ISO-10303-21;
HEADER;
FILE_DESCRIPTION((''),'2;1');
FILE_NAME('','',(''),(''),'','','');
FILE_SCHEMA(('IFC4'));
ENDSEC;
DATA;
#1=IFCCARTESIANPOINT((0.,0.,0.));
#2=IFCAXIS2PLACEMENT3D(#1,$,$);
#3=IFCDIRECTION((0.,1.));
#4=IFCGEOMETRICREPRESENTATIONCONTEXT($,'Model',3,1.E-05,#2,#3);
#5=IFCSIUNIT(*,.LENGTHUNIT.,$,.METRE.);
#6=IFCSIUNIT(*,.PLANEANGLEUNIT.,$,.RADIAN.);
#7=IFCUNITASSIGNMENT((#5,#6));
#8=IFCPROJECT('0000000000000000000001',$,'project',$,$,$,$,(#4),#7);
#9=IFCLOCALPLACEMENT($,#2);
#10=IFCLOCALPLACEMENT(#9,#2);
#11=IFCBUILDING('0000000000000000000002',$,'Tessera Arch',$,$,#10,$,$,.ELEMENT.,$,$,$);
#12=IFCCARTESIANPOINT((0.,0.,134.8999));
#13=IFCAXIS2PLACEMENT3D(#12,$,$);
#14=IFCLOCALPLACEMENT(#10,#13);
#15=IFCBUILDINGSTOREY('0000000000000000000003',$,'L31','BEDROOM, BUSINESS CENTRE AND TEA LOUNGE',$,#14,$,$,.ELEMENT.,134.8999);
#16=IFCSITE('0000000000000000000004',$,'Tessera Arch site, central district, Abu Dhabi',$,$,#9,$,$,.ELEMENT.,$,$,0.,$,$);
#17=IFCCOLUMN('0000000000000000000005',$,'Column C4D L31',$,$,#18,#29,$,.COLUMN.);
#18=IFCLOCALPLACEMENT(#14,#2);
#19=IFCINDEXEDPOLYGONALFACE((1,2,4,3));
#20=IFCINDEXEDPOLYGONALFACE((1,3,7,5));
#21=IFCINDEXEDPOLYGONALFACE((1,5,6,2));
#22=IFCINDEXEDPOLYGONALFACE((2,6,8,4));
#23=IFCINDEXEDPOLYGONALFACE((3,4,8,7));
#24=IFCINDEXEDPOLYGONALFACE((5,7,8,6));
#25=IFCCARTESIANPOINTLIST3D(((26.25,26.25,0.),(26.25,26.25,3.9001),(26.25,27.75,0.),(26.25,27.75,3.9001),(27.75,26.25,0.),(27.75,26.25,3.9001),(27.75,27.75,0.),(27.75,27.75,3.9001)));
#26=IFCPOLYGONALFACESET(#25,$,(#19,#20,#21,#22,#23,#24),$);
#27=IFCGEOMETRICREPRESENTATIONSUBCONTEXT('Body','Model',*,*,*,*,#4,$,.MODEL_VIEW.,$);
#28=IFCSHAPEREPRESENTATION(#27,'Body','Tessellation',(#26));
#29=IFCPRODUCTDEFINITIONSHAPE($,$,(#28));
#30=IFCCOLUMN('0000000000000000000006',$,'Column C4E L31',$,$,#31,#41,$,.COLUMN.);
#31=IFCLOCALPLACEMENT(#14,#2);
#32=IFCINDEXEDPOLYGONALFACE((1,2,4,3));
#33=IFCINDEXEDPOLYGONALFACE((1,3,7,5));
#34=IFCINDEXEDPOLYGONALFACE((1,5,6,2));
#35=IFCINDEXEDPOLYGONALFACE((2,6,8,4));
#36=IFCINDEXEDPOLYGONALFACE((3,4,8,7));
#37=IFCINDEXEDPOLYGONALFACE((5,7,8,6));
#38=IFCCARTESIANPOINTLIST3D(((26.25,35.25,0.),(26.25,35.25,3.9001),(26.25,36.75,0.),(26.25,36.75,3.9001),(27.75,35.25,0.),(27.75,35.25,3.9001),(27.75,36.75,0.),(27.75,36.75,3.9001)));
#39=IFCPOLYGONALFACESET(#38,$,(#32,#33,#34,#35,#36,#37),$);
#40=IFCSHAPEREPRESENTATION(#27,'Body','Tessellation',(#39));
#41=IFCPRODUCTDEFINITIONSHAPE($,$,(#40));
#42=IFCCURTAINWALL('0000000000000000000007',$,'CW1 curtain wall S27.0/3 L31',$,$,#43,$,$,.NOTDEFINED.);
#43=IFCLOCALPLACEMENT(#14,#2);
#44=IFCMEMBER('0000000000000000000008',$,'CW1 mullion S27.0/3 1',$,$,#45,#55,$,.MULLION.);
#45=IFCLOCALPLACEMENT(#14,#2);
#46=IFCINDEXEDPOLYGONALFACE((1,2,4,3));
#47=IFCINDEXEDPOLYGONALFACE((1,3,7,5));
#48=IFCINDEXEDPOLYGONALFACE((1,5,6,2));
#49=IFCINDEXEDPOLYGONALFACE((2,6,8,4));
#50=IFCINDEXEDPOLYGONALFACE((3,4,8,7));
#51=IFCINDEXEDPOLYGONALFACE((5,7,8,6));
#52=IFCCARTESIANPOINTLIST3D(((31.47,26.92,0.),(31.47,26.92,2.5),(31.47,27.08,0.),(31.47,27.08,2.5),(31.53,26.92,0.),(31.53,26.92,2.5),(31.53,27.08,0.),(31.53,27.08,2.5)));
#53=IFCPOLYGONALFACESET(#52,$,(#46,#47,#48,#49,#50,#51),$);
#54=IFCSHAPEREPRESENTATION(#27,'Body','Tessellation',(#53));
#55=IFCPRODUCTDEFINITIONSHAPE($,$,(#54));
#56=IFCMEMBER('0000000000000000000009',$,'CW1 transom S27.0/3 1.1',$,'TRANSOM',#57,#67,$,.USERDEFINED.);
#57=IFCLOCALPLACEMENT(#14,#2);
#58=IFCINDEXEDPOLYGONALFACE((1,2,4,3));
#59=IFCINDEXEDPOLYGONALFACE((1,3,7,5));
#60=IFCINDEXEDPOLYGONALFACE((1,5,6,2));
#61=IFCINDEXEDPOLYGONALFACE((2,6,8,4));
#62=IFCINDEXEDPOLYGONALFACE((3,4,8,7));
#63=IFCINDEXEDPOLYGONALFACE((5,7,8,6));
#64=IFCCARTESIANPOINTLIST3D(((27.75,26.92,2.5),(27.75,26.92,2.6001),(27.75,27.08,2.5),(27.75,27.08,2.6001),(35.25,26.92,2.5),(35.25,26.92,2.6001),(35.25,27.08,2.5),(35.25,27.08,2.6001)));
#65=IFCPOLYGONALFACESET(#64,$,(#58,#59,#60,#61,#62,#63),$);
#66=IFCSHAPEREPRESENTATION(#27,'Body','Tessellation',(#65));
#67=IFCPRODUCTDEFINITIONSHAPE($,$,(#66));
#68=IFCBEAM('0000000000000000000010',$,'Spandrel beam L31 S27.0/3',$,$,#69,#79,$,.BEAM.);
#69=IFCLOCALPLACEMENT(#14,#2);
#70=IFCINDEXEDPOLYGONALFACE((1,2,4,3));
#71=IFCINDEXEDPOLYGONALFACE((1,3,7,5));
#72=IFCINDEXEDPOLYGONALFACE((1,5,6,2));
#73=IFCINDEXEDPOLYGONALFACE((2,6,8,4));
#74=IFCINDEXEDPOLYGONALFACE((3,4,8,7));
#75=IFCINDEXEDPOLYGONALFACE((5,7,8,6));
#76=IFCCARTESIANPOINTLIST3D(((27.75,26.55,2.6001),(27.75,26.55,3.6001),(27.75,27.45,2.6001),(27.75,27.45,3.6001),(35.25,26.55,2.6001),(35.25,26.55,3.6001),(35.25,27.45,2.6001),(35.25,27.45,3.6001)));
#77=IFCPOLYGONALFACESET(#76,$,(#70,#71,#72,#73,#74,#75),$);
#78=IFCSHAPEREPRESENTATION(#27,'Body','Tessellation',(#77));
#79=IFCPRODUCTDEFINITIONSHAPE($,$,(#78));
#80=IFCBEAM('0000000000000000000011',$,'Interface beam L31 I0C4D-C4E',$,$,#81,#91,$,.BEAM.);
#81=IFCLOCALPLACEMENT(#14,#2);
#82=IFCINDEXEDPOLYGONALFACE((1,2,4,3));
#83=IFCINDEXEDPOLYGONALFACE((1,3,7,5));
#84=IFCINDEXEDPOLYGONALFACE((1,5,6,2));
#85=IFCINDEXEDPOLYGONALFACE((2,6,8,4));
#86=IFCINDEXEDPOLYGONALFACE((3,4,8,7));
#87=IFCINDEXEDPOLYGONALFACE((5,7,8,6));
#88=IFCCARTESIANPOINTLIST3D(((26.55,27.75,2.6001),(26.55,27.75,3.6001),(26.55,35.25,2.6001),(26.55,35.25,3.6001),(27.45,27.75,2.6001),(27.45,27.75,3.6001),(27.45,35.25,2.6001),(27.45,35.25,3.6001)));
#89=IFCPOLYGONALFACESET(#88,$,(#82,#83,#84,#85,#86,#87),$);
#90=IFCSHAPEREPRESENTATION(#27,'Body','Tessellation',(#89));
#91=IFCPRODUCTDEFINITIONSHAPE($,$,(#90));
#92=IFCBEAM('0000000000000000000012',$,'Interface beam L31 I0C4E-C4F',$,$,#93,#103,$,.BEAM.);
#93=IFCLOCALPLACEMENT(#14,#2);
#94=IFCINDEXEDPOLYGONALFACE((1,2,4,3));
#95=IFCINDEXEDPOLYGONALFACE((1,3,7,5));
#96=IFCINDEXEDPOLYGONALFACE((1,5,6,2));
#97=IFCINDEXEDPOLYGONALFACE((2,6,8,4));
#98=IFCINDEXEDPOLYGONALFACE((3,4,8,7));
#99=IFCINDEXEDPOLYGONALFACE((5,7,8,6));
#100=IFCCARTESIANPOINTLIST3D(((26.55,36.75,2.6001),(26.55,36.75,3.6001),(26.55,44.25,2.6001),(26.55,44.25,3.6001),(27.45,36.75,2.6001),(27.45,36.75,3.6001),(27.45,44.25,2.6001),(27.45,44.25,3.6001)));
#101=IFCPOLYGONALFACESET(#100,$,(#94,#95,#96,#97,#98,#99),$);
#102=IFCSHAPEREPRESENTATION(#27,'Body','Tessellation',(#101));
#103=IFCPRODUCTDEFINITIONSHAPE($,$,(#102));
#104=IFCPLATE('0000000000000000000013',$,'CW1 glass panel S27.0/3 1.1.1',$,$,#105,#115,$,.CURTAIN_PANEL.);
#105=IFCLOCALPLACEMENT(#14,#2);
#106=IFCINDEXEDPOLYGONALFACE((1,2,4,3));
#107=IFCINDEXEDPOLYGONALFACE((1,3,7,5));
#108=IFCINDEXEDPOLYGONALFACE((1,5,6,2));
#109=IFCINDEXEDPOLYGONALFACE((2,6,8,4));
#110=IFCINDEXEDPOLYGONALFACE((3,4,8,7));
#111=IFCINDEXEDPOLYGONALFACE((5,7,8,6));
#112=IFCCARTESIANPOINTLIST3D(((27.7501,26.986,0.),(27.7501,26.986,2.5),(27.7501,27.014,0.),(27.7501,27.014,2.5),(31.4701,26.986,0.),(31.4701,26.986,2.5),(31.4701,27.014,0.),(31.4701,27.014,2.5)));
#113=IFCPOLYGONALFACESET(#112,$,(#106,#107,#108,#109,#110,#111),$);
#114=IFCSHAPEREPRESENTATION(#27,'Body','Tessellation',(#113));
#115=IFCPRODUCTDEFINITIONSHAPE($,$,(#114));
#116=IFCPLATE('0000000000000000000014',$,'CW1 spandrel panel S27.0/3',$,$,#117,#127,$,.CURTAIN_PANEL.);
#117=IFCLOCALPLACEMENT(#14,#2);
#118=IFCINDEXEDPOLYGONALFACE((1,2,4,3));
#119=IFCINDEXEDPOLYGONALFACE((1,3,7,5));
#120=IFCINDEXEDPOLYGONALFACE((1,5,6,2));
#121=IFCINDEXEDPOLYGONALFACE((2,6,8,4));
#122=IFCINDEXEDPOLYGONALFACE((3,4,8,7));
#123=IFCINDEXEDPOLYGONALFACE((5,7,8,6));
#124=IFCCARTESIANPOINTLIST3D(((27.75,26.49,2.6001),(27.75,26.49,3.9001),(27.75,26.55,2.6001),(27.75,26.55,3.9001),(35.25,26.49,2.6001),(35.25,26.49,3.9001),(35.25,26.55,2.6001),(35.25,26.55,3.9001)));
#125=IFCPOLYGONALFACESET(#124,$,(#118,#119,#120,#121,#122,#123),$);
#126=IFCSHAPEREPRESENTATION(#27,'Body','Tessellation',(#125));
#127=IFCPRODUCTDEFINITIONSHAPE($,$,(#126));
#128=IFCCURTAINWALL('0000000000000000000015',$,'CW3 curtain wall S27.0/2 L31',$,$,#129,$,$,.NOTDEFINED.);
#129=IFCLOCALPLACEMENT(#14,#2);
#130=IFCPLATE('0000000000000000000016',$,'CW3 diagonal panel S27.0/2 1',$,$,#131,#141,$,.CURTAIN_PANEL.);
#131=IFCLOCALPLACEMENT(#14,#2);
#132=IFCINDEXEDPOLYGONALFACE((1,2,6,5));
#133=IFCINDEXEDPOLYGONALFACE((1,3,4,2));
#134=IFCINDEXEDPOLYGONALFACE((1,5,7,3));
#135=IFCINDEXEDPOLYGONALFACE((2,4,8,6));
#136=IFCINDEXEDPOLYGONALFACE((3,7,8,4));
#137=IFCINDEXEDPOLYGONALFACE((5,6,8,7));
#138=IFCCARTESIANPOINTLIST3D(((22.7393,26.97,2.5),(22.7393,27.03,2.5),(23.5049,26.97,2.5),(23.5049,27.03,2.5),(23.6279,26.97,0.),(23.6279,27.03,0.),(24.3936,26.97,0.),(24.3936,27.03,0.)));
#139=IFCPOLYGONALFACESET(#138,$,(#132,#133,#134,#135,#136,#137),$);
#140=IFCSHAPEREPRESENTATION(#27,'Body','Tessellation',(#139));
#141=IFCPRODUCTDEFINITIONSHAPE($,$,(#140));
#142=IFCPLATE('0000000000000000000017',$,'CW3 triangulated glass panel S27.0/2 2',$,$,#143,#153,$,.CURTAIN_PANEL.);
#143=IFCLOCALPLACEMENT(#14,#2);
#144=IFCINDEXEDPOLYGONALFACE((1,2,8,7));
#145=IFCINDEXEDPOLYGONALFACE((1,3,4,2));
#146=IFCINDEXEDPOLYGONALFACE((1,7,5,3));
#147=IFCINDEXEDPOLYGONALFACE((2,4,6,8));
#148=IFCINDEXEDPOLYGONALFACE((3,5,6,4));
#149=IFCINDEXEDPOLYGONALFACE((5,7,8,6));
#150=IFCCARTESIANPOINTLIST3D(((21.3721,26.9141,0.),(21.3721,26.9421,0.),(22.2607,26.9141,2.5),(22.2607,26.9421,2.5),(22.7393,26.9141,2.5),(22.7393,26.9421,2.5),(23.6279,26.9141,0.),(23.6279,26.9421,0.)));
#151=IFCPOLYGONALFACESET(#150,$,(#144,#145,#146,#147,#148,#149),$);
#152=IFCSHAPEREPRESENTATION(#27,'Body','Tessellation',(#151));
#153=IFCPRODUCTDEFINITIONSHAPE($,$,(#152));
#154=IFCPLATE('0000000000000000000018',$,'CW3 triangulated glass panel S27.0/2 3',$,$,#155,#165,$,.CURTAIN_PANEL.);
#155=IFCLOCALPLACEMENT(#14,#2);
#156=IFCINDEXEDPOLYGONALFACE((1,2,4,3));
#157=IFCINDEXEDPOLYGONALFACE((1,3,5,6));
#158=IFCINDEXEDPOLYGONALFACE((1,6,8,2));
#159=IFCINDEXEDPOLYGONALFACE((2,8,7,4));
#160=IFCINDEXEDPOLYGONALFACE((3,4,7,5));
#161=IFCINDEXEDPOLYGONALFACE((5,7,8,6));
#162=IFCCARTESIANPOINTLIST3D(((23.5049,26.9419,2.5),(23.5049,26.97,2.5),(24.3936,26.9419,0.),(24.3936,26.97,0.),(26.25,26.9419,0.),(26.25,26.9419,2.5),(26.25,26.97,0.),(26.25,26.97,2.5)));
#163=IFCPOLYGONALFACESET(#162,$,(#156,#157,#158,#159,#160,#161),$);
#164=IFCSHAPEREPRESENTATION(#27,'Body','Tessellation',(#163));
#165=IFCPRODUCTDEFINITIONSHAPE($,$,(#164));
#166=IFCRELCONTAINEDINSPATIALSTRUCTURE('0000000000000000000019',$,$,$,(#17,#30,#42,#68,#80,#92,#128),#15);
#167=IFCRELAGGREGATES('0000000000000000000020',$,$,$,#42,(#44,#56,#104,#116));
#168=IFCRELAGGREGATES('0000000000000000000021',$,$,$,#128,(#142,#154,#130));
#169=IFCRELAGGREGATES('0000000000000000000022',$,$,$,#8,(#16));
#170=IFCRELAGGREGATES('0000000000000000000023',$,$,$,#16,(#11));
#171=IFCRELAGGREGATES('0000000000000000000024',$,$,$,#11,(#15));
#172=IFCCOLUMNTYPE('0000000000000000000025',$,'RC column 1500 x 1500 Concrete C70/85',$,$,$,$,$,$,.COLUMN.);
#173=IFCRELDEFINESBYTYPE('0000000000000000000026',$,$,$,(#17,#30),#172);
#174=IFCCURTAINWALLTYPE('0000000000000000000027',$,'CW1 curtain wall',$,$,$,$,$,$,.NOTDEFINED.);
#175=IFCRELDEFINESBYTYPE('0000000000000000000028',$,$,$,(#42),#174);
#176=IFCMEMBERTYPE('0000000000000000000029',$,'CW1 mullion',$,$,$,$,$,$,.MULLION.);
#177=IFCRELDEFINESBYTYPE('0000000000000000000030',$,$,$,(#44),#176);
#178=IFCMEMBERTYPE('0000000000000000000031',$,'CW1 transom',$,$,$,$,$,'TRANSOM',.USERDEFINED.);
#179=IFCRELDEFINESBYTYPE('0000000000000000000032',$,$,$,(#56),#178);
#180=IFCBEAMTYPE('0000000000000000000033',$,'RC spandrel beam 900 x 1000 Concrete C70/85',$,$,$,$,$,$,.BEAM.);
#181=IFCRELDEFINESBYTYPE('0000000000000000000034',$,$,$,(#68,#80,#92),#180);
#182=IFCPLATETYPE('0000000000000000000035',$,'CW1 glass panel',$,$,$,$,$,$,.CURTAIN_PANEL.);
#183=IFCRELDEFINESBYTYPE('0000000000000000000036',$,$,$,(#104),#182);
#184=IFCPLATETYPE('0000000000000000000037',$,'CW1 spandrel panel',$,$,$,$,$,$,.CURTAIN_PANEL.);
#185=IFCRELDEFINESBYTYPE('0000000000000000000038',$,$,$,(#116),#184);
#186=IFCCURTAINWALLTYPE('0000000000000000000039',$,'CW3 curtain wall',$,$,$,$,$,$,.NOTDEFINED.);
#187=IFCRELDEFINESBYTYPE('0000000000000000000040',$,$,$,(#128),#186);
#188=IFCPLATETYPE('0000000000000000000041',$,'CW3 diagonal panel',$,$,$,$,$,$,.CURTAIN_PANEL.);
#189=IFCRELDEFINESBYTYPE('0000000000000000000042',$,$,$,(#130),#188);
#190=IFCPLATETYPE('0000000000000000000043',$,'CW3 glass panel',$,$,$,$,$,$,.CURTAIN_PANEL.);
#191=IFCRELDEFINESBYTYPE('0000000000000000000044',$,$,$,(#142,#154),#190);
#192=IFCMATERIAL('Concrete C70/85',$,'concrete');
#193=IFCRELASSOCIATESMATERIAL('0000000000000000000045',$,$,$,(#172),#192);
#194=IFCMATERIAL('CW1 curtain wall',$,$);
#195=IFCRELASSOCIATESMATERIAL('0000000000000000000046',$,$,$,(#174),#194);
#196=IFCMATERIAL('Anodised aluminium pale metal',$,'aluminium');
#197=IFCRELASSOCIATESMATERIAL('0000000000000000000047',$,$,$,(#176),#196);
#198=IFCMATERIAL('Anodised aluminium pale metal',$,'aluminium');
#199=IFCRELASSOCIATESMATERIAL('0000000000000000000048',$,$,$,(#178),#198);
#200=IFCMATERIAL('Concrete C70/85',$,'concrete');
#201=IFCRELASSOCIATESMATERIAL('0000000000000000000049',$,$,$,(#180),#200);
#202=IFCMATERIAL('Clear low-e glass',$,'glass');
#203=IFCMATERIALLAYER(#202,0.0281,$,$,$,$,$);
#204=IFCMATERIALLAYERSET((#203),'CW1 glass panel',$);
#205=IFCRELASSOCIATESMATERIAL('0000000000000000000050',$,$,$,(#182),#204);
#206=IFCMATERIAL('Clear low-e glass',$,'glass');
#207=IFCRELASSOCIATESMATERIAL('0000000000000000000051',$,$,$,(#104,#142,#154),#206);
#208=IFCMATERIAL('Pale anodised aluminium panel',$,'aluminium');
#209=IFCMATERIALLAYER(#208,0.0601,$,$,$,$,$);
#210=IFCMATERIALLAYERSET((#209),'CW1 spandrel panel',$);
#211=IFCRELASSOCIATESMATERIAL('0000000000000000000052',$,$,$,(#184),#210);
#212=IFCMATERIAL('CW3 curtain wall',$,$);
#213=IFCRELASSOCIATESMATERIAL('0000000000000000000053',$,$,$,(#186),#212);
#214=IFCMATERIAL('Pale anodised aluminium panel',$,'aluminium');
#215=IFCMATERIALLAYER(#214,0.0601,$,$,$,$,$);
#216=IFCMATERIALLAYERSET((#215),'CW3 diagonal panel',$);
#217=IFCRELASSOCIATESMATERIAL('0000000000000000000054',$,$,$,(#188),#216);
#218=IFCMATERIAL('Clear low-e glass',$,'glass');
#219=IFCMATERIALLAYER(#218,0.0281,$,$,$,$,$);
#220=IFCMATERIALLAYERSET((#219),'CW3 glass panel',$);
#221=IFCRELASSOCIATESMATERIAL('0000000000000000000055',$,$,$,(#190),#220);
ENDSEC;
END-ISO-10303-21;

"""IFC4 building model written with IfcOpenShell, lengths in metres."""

from ifc_helpers import new_model, si_unit, direction, frame, origin, origin_2d, place, context, subcontext, project, spatial, polyline, rectangle, outline, extrude, material, layer, layer_set, material_profile, profile_set, type_object, element, aggregate, save


model = new_model("IFC4")

# Units and contexts
model_context = context("Model", 3, precision=1e-05, world=origin(), true_north=direction((0.0, 1.0)))
body_context = subcontext(model_context, "Body", "Model", "MODEL_VIEW")
ifc_project = project(units=[si_unit("LENGTHUNIT", "METRE"), si_unit("PLANEANGLEUNIT", "RADIAN")], contexts=[model_context])

# Site, building, storey
site_placement = place(None, origin())
site = spatial("IfcSite", under=ifc_project, at=site_placement, Name="Tessera Arch site, central district, Abu Dhabi", CompositionType="ELEMENT", RefElevation=0.0)
building_placement = place(site_placement, origin())
building = spatial("IfcBuilding", under=site, at=building_placement, Name="Tessera Arch", CompositionType="ELEMENT")
storey_placement = place(building_placement, frame((0.0, 0.0, 134.8999)))
storey = spatial("IfcBuildingStorey", under=building, at=storey_placement, Name="L31", Description="BEDROOM, BUSINESS CENTRE AND TEA LOUNGE", CompositionType="ELEMENT", Elevation=134.8999)

# Columns
ifc_material_1 = material(Name="Concrete C70/85", Category="concrete")
ifc_material_profile_1 = material_profile(ifc_material_1, rectangle(XDim=1.5, YDim=1.5, at=origin_2d()), Name="RC column 1500 x 1500 Concrete C70/85")
ifc_profile_set_1 = profile_set([ifc_material_profile_1], Name="Concrete C70/85")
column_type = type_object("IfcColumnType", Name="RC column 1500 x 1500 Concrete C70/85", PredefinedType="COLUMN", material=ifc_profile_set_1)
for number, where, z_axis, x_axis, name in (
    (1, (27.0, 27.0, 0.0), (0.0, 0.0, 1.0), (1.0, 0.0, 0.0), "Column C4D L31"),
    (2, (27.0, 36.0, 0.0), (0.0, 0.0, 1.0), (1.0, 0.0, 0.0), "Column C4E L31"),
):
    element("IfcColumn", number, at=place(storey_placement, frame(where, z_axis=z_axis, x_axis=x_axis)), inside=storey, type_object=column_type, Name=name, PredefinedType="COLUMN", context=body_context, shape_type="SweptSolid", body=[
        extrude(rectangle(XDim=1.5, YDim=1.5, at=origin_2d()), origin(), (0.0, 0.0, 1.0), 3.9001),
    ])

# Curtain wall, members
ifc_material_2 = material(Name="CW1 curtain wall")
curtain_wall_type_1 = type_object("IfcCurtainWallType", Name="CW1 curtain wall", PredefinedType="NOTDEFINED", material=ifc_material_2)
curtain_wall_1_placement = place(storey_placement, origin())
curtain_wall_1 = element("IfcCurtainWall", 3, at=curtain_wall_1_placement, inside=storey, type_object=curtain_wall_type_1, Name="CW1 curtain wall S27.0/3 L31", PredefinedType="NOTDEFINED")
ifc_material_3 = material(Name="Anodised aluminium pale metal", Category="aluminium")
ifc_material_profile_2 = material_profile(ifc_material_3, rectangle(XDim=0.1599, YDim=0.0601, at=origin_2d()), Name="AL 60x160")
ifc_profile_set_2 = profile_set([ifc_material_profile_2], Name="Anodised aluminium pale metal")
member_type_1 = type_object("IfcMemberType", Name="CW1 mullion", PredefinedType="MULLION", material=ifc_profile_set_2)
member_1_placement = place(storey_placement, frame((31.5, 27.0, 0.0), z_axis=(0.0, 0.0, 1.0), x_axis=(0.0, 1.0, 0.0)))
member_1 = element("IfcMember", 4, at=member_1_placement, type_object=member_type_1, Name="CW1 mullion S27.0/3 1", PredefinedType="MULLION", context=body_context, shape_type="SweptSolid", body=[
    extrude(rectangle(XDim=0.1599, YDim=0.0601, at=origin_2d()), origin(), (0.0, 0.0, 1.0), 2.5),
])
ifc_material_4 = material(Name="Anodised aluminium pale metal", Category="aluminium")
ifc_material_profile_3 = material_profile(ifc_material_4, rectangle(XDim=0.1599, YDim=0.1001, at=origin_2d()), Name="AL 160x100")
ifc_profile_set_3 = profile_set([ifc_material_profile_3], Name="Anodised aluminium pale metal")
member_type_2 = type_object("IfcMemberType", Name="CW1 transom", ElementType="TRANSOM", PredefinedType="USERDEFINED", material=ifc_profile_set_3)
member_2_placement = place(storey_placement, frame((27.75, 27.0, 2.55), z_axis=(1.0, 0.0, 0.0), x_axis=(0.0, 1.0, 0.0)))
member_2 = element("IfcMember", 5, at=member_2_placement, type_object=member_type_2, Name="CW1 transom S27.0/3 1.1", ObjectType="TRANSOM", PredefinedType="USERDEFINED", context=body_context, shape_type="SweptSolid", body=[
    extrude(rectangle(XDim=0.1599, YDim=0.1001, at=origin_2d()), origin(), (0.0, 0.0, 1.0), 7.5),
])

# Beams
ifc_material_5 = material(Name="Concrete C70/85", Category="concrete")
ifc_material_profile_4 = material_profile(ifc_material_5, rectangle(XDim=0.8999, YDim=1.0, at=origin_2d()), Name="RC spandrel beam 900 x 1000 Concrete C70/85")
ifc_profile_set_4 = profile_set([ifc_material_profile_4], Name="Concrete C70/85")
beam_type = type_object("IfcBeamType", Name="RC spandrel beam 900 x 1000 Concrete C70/85", PredefinedType="BEAM", material=ifc_profile_set_4)
for number, where, z_axis, x_axis, name in (
    (6, (27.75, 27.0, 3.1001), (1.0, 0.0, 0.0), (0.0, 1.0, 0.0), "Spandrel beam L31 S27.0/3"),
    (7, (27.0, 27.75, 3.1001), (0.0, 1.0, 0.0), (-1.0, 0.0, 0.0), "Interface beam L31 I0C4D-C4E"),
    (8, (27.0, 36.75, 3.1001), (0.0, 1.0, 0.0), (-1.0, 0.0, 0.0), "Interface beam L31 I0C4E-C4F"),
):
    element("IfcBeam", number, at=place(storey_placement, frame(where, z_axis=z_axis, x_axis=x_axis)), inside=storey, type_object=beam_type, Name=name, PredefinedType="BEAM", context=body_context, shape_type="SweptSolid", body=[
        extrude(rectangle(XDim=0.8999, YDim=1.0, at=origin_2d()), origin(), (0.0, 0.0, 1.0), 7.5),
    ])

# Plates
ifc_material_6 = material(Name="Clear low-e glass", Category="glass")
ifc_material_7 = material(Name="Clear low-e glass", Category="glass")
ifc_layer_1 = layer(ifc_material_7, 0.0281)
ifc_layer_set_1 = layer_set([ifc_layer_1], Name="CW1 glass panel")
plate_type_1 = type_object("IfcPlateType", Name="CW1 glass panel", PredefinedType="CURTAIN_PANEL", material=ifc_layer_set_1)
plate_1_placement = place(storey_placement, frame((29.6101, 27.0, 0.0), z_axis=(0.0, 0.0, 1.0), x_axis=(1.0, 0.0, 0.0)))
plate_1 = element("IfcPlate", 9, at=plate_1_placement, type_object=plate_type_1, material=ifc_material_6, Name="CW1 glass panel S27.0/3 1.1.1", PredefinedType="CURTAIN_PANEL", context=body_context, shape_type="SweptSolid", body=[
    extrude(rectangle(XDim=3.72, YDim=0.0281, at=origin_2d()), origin(), (0.0, 0.0, 1.0), 2.5),
])
ifc_material_8 = material(Name="Pale anodised aluminium panel", Category="aluminium")
ifc_layer_2 = layer(ifc_material_8, 0.0601)
ifc_layer_set_2 = layer_set([ifc_layer_2], Name="CW1 spandrel panel")
plate_type_2 = type_object("IfcPlateType", Name="CW1 spandrel panel", PredefinedType="CURTAIN_PANEL", material=ifc_layer_set_2)
plate_2_placement = place(storey_placement, frame((31.5, 26.52, 2.6001), z_axis=(0.0, 0.0, 1.0), x_axis=(1.0, 0.0, 0.0)))
plate_2 = element("IfcPlate", 10, at=plate_2_placement, type_object=plate_type_2, Name="CW1 spandrel panel S27.0/3", PredefinedType="CURTAIN_PANEL", context=body_context, shape_type="SweptSolid", body=[
    extrude(rectangle(XDim=7.5, YDim=0.0601, at=origin_2d()), origin(), (0.0, 0.0, 1.0), 1.3),
])
aggregate(curtain_wall_1, [member_1, member_2, plate_1, plate_2])

# Curtain wall, plates
ifc_material_9 = material(Name="CW3 curtain wall")
curtain_wall_type_2 = type_object("IfcCurtainWallType", Name="CW3 curtain wall", PredefinedType="NOTDEFINED", material=ifc_material_9)
curtain_wall_2_placement = place(storey_placement, origin())
curtain_wall_2 = element("IfcCurtainWall", 11, at=curtain_wall_2_placement, inside=storey, type_object=curtain_wall_type_2, Name="CW3 curtain wall S27.0/2 L31", PredefinedType="NOTDEFINED")
ifc_material_10 = material(Name="Pale anodised aluminium panel", Category="aluminium")
ifc_layer_3 = layer(ifc_material_10, 0.0601)
ifc_layer_set_3 = layer_set([ifc_layer_3], Name="CW3 diagonal panel")
plate_type_3 = type_object("IfcPlateType", Name="CW3 diagonal panel", PredefinedType="CURTAIN_PANEL", material=ifc_layer_set_3)
plate_3_placement = place(storey_placement, frame((23.5049, 26.97, 2.5), z_axis=(0.0, -1.0, 0.0), x_axis=(-1.0, 0.0, 0.0)))
plate_3 = element("IfcPlate", 12, at=plate_3_placement, type_object=plate_type_3, Name="CW3 diagonal panel S27.0/2 1", PredefinedType="CURTAIN_PANEL", context=body_context, shape_type="SweptSolid", body=[
    extrude(outline(polyline([(0.0, 0.0), (0.7656, 0.0), (-0.123, 2.5), (-0.8887, 2.5), (0.0, 0.0)])), origin(), (0.0, 0.0, -1.0), 0.0601),
])
ifc_material_11 = material(Name="Clear low-e glass", Category="glass")
ifc_layer_4 = layer(ifc_material_11, 0.0281)
ifc_layer_set_4 = layer_set([ifc_layer_4], Name="CW3 glass panel")
plate_type_4 = type_object("IfcPlateType", Name="CW3 glass panel", PredefinedType="CURTAIN_PANEL", material=ifc_layer_set_4)
plate_4_placement = place(storey_placement, frame((22.7393, 26.9141, 2.5), z_axis=(0.0, -1.0, 0.0), x_axis=(-1.0, 0.0, 0.0)))
plate_4 = element("IfcPlate", 13, at=plate_4_placement, type_object=plate_type_4, material=ifc_material_6, Name="CW3 triangulated glass panel S27.0/2 2", PredefinedType="CURTAIN_PANEL", context=body_context, shape_type="SweptSolid", body=[
    extrude(outline(polyline([(0.0, 0.0), (0.4785, 0.0), (1.3672, 2.5), (-0.8887, 2.5), (0.0, 0.0)])), origin(), (0.0, 0.0, -1.0), 0.0281),
])
plate_5_placement = place(storey_placement, frame((26.25, 26.9419, 2.5), z_axis=(0.0, -1.0, 0.0), x_axis=(-1.0, 0.0, 0.0)))
plate_5 = element("IfcPlate", 14, at=plate_5_placement, type_object=plate_type_4, material=ifc_material_6, Name="CW3 triangulated glass panel S27.0/2 3", PredefinedType="CURTAIN_PANEL", context=body_context, shape_type="SweptSolid", body=[
    extrude(outline(polyline([(0.0, 0.0), (2.7451, 0.0), (1.8564, 2.5), (0.0, 2.5), (0.0, 0.0)])), origin(), (0.0, 0.0, -1.0), 0.0281),
])
aggregate(curtain_wall_2, [plate_4, plate_5, plate_3])

save(model, "model.ifc")
